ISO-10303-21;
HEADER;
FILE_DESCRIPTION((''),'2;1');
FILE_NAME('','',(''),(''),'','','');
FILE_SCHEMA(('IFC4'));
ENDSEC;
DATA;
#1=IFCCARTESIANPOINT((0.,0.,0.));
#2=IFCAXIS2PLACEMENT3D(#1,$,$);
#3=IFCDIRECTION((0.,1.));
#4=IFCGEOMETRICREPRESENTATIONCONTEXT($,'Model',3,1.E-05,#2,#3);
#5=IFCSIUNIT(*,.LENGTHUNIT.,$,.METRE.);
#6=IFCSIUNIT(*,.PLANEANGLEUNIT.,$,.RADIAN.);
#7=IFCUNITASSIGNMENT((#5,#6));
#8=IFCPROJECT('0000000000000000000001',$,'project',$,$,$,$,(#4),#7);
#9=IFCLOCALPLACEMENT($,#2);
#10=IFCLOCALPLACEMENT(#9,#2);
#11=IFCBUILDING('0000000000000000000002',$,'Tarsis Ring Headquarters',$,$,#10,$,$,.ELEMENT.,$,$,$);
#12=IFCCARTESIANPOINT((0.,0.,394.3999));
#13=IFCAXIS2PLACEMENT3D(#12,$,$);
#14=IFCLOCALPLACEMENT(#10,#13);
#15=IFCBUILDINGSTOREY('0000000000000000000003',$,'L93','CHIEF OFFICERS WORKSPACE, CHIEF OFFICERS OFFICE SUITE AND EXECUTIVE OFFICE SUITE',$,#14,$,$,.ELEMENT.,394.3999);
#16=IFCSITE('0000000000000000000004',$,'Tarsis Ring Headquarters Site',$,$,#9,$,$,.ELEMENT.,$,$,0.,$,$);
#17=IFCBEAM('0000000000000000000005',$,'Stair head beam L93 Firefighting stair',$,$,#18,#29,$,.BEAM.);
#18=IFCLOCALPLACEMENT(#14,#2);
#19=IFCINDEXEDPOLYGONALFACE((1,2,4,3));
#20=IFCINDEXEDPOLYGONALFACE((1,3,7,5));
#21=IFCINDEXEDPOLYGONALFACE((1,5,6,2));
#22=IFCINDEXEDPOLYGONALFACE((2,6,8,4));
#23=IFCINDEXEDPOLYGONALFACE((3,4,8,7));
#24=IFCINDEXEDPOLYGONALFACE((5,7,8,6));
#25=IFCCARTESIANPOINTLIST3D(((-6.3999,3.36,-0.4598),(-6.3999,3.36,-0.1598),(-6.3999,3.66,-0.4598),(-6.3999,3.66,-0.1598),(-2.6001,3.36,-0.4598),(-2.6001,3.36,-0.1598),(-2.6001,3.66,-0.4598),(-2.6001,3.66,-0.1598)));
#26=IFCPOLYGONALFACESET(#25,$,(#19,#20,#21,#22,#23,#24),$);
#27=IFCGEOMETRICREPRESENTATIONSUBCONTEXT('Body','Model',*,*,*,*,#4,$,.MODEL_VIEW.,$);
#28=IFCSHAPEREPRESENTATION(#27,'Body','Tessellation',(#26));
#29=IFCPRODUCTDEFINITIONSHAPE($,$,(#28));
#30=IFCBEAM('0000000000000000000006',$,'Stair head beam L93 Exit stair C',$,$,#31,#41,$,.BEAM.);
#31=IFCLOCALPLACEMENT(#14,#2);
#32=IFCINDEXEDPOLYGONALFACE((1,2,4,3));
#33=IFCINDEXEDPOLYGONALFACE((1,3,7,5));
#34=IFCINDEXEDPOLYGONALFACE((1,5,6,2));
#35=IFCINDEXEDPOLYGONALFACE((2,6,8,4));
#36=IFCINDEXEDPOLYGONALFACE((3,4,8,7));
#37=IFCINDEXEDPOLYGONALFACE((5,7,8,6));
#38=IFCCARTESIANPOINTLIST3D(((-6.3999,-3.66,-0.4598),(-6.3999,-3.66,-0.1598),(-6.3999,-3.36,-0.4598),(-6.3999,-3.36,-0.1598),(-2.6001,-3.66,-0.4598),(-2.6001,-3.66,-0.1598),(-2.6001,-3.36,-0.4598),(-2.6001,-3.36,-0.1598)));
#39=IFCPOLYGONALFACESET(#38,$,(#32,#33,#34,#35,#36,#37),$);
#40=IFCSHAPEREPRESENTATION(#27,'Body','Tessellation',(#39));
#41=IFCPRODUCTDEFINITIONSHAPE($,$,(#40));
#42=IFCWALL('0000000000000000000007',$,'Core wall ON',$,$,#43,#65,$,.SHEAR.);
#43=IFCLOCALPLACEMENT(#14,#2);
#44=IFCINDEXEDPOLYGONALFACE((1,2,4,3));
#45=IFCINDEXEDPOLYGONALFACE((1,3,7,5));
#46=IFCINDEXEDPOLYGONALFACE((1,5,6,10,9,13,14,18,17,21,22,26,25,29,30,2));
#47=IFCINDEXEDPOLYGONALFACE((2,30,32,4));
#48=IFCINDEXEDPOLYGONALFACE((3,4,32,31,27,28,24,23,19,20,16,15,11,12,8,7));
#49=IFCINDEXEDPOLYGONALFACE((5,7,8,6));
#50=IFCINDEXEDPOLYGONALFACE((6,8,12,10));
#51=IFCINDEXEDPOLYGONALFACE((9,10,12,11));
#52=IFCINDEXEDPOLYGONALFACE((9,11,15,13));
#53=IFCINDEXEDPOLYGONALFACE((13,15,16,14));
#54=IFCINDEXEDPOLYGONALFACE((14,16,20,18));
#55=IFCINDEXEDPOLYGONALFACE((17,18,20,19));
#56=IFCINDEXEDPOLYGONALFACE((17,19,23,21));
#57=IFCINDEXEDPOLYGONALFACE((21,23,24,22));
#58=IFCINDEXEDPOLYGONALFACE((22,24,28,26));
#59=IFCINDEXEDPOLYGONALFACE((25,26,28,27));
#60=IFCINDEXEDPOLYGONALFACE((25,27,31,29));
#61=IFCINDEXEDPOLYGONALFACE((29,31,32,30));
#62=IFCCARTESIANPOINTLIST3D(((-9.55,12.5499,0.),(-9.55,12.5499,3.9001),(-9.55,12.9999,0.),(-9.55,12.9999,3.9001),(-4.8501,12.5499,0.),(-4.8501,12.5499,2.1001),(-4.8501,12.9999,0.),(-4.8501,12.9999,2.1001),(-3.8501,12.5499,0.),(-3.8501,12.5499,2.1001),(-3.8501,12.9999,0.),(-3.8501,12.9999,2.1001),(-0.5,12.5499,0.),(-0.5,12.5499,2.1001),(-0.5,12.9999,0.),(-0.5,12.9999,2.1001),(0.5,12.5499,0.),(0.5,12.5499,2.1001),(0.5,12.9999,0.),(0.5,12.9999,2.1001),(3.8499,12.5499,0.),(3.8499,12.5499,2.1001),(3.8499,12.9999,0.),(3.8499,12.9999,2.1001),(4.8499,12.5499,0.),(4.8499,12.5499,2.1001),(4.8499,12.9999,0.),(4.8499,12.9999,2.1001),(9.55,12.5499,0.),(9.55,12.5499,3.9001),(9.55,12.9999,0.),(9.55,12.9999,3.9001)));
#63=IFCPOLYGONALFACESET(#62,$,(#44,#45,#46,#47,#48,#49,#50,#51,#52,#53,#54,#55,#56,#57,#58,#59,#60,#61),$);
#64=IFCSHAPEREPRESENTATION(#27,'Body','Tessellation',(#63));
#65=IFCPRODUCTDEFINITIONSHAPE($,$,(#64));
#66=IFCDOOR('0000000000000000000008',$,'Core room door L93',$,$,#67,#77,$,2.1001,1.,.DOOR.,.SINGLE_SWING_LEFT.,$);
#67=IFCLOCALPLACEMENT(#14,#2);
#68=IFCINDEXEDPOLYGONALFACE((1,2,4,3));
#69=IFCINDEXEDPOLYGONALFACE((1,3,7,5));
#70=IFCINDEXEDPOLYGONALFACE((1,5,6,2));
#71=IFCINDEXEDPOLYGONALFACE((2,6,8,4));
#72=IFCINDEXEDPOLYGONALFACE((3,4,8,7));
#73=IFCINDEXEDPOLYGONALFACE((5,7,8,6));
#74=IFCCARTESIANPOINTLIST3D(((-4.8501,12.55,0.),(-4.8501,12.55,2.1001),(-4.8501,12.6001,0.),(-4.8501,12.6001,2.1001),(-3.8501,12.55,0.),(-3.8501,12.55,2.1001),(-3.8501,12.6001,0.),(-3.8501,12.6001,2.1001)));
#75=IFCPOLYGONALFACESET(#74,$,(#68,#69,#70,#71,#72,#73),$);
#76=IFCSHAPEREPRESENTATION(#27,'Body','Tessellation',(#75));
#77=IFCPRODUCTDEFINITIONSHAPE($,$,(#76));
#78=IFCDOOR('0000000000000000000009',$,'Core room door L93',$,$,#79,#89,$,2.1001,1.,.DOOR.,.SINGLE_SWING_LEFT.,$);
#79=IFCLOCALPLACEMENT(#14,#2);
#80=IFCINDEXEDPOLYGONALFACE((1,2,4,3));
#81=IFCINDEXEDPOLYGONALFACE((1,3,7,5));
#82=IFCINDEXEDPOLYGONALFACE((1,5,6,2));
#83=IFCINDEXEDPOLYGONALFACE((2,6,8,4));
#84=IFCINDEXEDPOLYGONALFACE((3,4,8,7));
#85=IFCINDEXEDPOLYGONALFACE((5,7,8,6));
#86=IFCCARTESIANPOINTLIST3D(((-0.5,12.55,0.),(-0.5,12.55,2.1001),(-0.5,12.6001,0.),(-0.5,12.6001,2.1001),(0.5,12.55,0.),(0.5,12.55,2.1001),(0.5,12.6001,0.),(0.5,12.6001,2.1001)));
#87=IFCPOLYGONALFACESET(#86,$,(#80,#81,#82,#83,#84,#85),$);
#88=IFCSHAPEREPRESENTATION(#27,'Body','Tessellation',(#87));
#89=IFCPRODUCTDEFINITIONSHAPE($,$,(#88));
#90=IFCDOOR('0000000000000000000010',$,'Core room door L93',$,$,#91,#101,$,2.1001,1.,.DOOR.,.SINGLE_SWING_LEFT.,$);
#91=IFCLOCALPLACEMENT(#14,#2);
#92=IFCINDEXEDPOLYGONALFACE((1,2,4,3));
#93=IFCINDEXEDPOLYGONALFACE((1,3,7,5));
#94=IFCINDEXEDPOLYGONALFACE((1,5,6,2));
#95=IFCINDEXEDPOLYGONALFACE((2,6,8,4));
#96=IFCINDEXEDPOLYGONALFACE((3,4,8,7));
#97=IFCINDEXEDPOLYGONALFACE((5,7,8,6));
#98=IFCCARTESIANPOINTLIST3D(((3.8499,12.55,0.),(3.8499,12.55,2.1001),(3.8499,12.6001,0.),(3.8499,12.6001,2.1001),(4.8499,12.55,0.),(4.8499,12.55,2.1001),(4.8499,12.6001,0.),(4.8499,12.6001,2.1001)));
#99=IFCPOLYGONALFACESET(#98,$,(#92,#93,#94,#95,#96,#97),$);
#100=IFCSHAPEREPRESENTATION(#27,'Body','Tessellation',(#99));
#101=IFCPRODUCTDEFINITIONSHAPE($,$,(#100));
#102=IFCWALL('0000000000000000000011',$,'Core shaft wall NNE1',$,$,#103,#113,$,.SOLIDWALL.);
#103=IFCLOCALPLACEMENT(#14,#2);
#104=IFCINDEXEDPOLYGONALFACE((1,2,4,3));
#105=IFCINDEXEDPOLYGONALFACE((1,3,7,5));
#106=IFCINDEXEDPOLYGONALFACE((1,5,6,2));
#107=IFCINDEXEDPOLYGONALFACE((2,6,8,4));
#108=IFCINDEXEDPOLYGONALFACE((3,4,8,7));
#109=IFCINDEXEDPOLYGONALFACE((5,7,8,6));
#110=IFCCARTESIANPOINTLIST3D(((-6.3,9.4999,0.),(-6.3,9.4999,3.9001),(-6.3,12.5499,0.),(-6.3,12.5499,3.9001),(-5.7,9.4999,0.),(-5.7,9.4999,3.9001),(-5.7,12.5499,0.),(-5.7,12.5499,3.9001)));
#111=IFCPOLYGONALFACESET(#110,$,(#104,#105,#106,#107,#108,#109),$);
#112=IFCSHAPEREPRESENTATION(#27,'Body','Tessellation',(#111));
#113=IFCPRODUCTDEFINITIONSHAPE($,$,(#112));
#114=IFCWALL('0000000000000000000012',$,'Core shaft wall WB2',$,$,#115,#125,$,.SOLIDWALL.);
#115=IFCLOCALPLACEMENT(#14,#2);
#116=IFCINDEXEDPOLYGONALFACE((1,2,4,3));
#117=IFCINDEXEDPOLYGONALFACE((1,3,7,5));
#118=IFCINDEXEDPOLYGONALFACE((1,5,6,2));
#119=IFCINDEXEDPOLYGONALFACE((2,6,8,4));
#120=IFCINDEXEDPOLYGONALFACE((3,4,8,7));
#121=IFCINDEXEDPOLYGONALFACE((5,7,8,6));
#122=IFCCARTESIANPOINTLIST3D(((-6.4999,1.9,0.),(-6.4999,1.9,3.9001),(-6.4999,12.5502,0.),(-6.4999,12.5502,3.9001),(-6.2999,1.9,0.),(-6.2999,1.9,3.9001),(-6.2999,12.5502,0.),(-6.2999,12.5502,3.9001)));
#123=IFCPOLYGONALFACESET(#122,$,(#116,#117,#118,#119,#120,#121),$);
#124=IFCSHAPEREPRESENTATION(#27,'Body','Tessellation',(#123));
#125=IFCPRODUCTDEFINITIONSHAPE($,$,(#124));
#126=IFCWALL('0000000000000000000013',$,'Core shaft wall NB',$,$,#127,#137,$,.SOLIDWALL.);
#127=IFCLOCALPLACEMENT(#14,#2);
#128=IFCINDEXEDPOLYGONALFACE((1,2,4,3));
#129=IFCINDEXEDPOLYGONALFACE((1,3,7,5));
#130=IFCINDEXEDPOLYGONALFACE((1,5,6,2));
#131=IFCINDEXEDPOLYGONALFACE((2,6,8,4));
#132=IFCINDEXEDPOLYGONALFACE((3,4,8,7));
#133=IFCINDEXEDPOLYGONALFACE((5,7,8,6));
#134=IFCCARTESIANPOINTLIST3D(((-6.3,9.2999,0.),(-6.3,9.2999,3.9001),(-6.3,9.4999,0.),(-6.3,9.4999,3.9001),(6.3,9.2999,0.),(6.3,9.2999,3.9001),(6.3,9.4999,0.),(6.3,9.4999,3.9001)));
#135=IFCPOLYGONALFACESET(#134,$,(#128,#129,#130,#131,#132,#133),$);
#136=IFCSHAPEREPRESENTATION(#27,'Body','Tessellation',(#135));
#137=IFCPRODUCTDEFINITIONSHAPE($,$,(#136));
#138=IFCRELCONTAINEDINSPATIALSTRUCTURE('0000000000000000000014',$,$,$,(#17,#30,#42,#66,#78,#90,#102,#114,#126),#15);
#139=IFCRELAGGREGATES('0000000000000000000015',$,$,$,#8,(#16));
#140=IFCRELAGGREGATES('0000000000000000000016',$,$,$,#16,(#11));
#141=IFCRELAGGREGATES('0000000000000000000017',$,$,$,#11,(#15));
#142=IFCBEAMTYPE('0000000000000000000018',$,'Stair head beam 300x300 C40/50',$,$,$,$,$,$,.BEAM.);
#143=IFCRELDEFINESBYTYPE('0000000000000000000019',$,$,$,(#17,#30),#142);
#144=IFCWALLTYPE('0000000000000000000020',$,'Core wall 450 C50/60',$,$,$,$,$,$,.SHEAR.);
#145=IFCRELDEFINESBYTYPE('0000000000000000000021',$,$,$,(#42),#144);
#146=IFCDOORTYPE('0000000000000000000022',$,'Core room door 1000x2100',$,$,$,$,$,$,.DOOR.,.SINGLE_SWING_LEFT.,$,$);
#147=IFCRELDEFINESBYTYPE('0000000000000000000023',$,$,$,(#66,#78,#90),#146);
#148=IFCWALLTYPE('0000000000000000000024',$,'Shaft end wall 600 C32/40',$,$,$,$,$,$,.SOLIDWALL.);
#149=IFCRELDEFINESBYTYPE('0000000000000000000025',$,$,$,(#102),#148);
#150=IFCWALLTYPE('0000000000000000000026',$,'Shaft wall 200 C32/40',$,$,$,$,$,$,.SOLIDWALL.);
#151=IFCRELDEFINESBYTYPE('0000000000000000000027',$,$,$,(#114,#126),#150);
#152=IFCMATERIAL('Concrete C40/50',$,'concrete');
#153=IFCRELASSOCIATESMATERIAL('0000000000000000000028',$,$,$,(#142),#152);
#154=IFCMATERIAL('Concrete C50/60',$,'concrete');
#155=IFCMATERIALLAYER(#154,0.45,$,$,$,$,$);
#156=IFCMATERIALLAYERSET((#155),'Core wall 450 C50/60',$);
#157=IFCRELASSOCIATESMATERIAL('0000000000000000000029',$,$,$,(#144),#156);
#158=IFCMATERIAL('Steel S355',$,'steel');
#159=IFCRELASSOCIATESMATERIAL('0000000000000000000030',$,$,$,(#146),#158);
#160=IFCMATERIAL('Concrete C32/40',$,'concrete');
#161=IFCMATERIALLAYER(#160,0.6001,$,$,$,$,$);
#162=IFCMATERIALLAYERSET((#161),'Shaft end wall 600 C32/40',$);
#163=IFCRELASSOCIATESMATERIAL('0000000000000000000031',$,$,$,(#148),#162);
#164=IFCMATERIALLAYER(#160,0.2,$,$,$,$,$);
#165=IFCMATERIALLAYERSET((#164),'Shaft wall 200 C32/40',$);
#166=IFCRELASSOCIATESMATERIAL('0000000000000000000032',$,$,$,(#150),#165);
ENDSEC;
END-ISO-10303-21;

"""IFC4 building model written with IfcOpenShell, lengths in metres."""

from ifc_helpers import new_model, si_unit, direction, frame, frame_2d, origin, origin_2d, place, context, subcontext, project, spatial, rectangle, extrude, material, layer, layer_set, material_profile, profile_set, type_object, element, fill, save


model = new_model("IFC4")

# Units and contexts
model_context = context("Model", 3, precision=1e-05, world=origin(), true_north=direction((0.0, 1.0)))
body_context = subcontext(model_context, "Body", "Model", "MODEL_VIEW")
ifc_project = project(units=[si_unit("LENGTHUNIT", "METRE"), si_unit("PLANEANGLEUNIT", "RADIAN")], contexts=[model_context])

# Site, building, storey
site_placement = place(None, origin())
site = spatial("IfcSite", under=ifc_project, at=site_placement, Name="Tarsis Ring Headquarters Site", CompositionType="ELEMENT", RefElevation=0.0)
building_placement = place(site_placement, origin())
building = spatial("IfcBuilding", under=site, at=building_placement, Name="Tarsis Ring Headquarters", CompositionType="ELEMENT")
storey_placement = place(building_placement, frame((0.0, 0.0, 394.3999)))
storey = spatial("IfcBuildingStorey", under=building, at=storey_placement, Name="L93", Description="CHIEF OFFICERS WORKSPACE, CHIEF OFFICERS OFFICE SUITE AND EXECUTIVE OFFICE SUITE", CompositionType="ELEMENT", Elevation=394.3999)

# Beams
ifc_material_1 = material(Name="Concrete C40/50", Category="concrete")
ifc_material_profile = material_profile(ifc_material_1, rectangle(XDim=0.3, YDim=0.3, at=origin_2d()), Name="Stair head beam 300x300 C40/50")
ifc_profile_set = profile_set([ifc_material_profile], Name="Concrete C40/50")
beam_type = type_object("IfcBeamType", Name="Stair head beam 300x300 C40/50", PredefinedType="BEAM", material=ifc_profile_set)
for number, where, z_axis, x_axis, name in (
    (1, (-6.3999, 3.51, -0.3098), (1.0, 0.0, 0.0), (0.0, 1.0, 0.0), "Stair head beam L93 Firefighting stair"),
    (2, (-6.3999, -3.51, -0.3098), (1.0, 0.0, 0.0), (0.0, 1.0, 0.0), "Stair head beam L93 Exit stair C"),
):
    element("IfcBeam", number, at=place(storey_placement, frame(where, z_axis=z_axis, x_axis=x_axis)), inside=storey, type_object=beam_type, Name=name, PredefinedType="BEAM", context=body_context, shape_type="SweptSolid", body=[
        extrude(rectangle(XDim=0.3, YDim=0.3, at=origin_2d()), origin(), (0.0, 0.0, 1.0), 3.7998),
    ])

# Wall, openings, doors
ifc_material_2 = material(Name="Concrete C50/60", Category="concrete")
ifc_layer_1 = layer(ifc_material_2, 0.45)
ifc_layer_set_1 = layer_set([ifc_layer_1], Name="Core wall 450 C50/60")
wall_type_1 = type_object("IfcWallType", Name="Core wall 450 C50/60", PredefinedType="SHEAR", material=ifc_layer_set_1)
wall_1_placement = place(storey_placement, frame((-9.55, 12.7749, 0.0), z_axis=(0.0, 0.0, 1.0), x_axis=(1.0, 0.0, 0.0)))
wall_1 = element("IfcWall", 3, at=wall_1_placement, inside=storey, type_object=wall_type_1, Name="Core wall ON", PredefinedType="SHEAR", context=body_context, shape_type="SweptSolid", body=[
    extrude(rectangle(XDim=19.1001, YDim=0.45, at=frame_2d((9.55, 0.0))), origin(), (0.0, 0.0, 1.0), 3.9001),
])
opening_1_placement = place(wall_1_placement, frame((4.7, 0.0, 0.0)))
opening_1 = element("IfcOpeningElement", 4, at=opening_1_placement, cuts=wall_1, PredefinedType="OPENING", context=body_context, shape_type="SweptSolid", body=[
    extrude(rectangle(XDim=1.0, YDim=2.1001, at=frame_2d((0.5, 1.05))), frame((0.0, 0.2349, 0.0), z_axis=(0.0, -1.0, 0.0), x_axis=(1.0, 0.0, 0.0)), (0.0, 0.0, 1.0), 0.47),
])
opening_2_placement = place(wall_1_placement, frame((9.05, 0.0, 0.0)))
opening_2 = element("IfcOpeningElement", 5, at=opening_2_placement, cuts=wall_1, PredefinedType="OPENING", context=body_context, shape_type="SweptSolid", body=[
    extrude(rectangle(XDim=1.0, YDim=2.1001, at=frame_2d((0.5, 1.05))), frame((0.0, 0.2349, 0.0), z_axis=(0.0, -1.0, 0.0), x_axis=(1.0, 0.0, 0.0)), (0.0, 0.0, 1.0), 0.47),
])
opening_3_placement = place(wall_1_placement, frame((13.3999, 0.0, 0.0)))
opening_3 = element("IfcOpeningElement", 6, at=opening_3_placement, cuts=wall_1, PredefinedType="OPENING", context=body_context, shape_type="SweptSolid", body=[
    extrude(rectangle(XDim=1.0, YDim=2.1001, at=frame_2d((0.5, 1.05))), frame((0.0, 0.2349, 0.0), z_axis=(0.0, -1.0, 0.0), x_axis=(1.0, 0.0, 0.0)), (0.0, 0.0, 1.0), 0.47),
])
ifc_material_3 = material(Name="Steel S355", Category="steel")
door_type = type_object("IfcDoorType", Name="Core room door 1000x2100", OperationType="SINGLE_SWING_LEFT", PredefinedType="DOOR", material=ifc_material_3)
door_1_placement = place(opening_1_placement, origin())
door_1 = element("IfcDoor", 7, at=door_1_placement, inside=storey, type_object=door_type, Name="Core room door L93", OperationType="SINGLE_SWING_LEFT", OverallHeight=2.1001, OverallWidth=1.0, PredefinedType="DOOR", context=body_context, shape_type="SweptSolid", body=[
    extrude(rectangle(XDim=1.0, YDim=2.1001, at=frame_2d((0.5, 1.05))), frame((0.0, -0.1748, 0.0), z_axis=(0.0, -1.0, 0.0), x_axis=(1.0, 0.0, 0.0)), (0.0, 0.0, 1.0), 0.05),
])
fill(opening_1, door_1)
door_2_placement = place(opening_2_placement, origin())
door_2 = element("IfcDoor", 8, at=door_2_placement, inside=storey, type_object=door_type, Name="Core room door L93", OperationType="SINGLE_SWING_LEFT", OverallHeight=2.1001, OverallWidth=1.0, PredefinedType="DOOR", context=body_context, shape_type="SweptSolid", body=[
    extrude(rectangle(XDim=1.0, YDim=2.1001, at=frame_2d((0.5, 1.05))), frame((0.0, -0.1748, 0.0), z_axis=(0.0, -1.0, 0.0), x_axis=(1.0, 0.0, 0.0)), (0.0, 0.0, 1.0), 0.05),
])
fill(opening_2, door_2)
door_3_placement = place(opening_3_placement, origin())
door_3 = element("IfcDoor", 9, at=door_3_placement, inside=storey, type_object=door_type, Name="Core room door L93", OperationType="SINGLE_SWING_LEFT", OverallHeight=2.1001, OverallWidth=1.0, PredefinedType="DOOR", context=body_context, shape_type="SweptSolid", body=[
    extrude(rectangle(XDim=1.0, YDim=2.1001, at=frame_2d((0.5, 1.05))), frame((0.0, -0.1748, 0.0), z_axis=(0.0, -1.0, 0.0), x_axis=(1.0, 0.0, 0.0)), (0.0, 0.0, 1.0), 0.05),
])
fill(opening_3, door_3)

# Walls
ifc_material_4 = material(Name="Concrete C32/40", Category="concrete")
ifc_layer_2 = layer(ifc_material_4, 0.6001)
ifc_layer_set_2 = layer_set([ifc_layer_2], Name="Shaft end wall 600 C32/40")
wall_type_2 = type_object("IfcWallType", Name="Shaft end wall 600 C32/40", PredefinedType="SOLIDWALL", material=ifc_layer_set_2)
wall_2_placement = place(storey_placement, frame((-6.0, 9.5, 0.0), z_axis=(0.0, 0.0, 1.0), x_axis=(0.0, 1.0, 0.0)))
element("IfcWall", 10, at=wall_2_placement, inside=storey, type_object=wall_type_2, Name="Core shaft wall NNE1", PredefinedType="SOLIDWALL", context=body_context, shape_type="SweptSolid", body=[
    extrude(rectangle(XDim=3.05, YDim=0.6001, at=frame_2d((1.5249, 0.0))), origin(), (0.0, 0.0, 1.0), 3.9001),
])
ifc_layer_3 = layer(ifc_material_4, 0.2)
ifc_layer_set_3 = layer_set([ifc_layer_3], Name="Shaft wall 200 C32/40")
wall_type_3 = type_object("IfcWallType", Name="Shaft wall 200 C32/40", PredefinedType="SOLIDWALL", material=ifc_layer_set_3)
wall_3_placement = place(storey_placement, frame((-6.3999, 1.8999, 0.0), z_axis=(0.0, 0.0, 1.0), x_axis=(0.0, 1.0, 0.0)))
element("IfcWall", 11, at=wall_3_placement, inside=storey, type_object=wall_type_3, Name="Core shaft wall WB2", PredefinedType="SOLIDWALL", context=body_context, shape_type="SweptSolid", body=[
    extrude(rectangle(XDim=10.6501, YDim=0.2, at=frame_2d((5.3252, 0.0))), origin(), (0.0, 0.0, 1.0), 3.9001),
])
wall_4_placement = place(storey_placement, frame((-6.3, 9.3999, 0.0), z_axis=(0.0, 0.0, 1.0), x_axis=(1.0, 0.0, 0.0)))
element("IfcWall", 12, at=wall_4_placement, inside=storey, type_object=wall_type_3, Name="Core shaft wall NB", PredefinedType="SOLIDWALL", context=body_context, shape_type="SweptSolid", body=[
    extrude(rectangle(XDim=12.6001, YDim=0.2, at=frame_2d((6.3, 0.0))), origin(), (0.0, 0.0, 1.0), 3.9001),
])

save(model, "model.ifc")
